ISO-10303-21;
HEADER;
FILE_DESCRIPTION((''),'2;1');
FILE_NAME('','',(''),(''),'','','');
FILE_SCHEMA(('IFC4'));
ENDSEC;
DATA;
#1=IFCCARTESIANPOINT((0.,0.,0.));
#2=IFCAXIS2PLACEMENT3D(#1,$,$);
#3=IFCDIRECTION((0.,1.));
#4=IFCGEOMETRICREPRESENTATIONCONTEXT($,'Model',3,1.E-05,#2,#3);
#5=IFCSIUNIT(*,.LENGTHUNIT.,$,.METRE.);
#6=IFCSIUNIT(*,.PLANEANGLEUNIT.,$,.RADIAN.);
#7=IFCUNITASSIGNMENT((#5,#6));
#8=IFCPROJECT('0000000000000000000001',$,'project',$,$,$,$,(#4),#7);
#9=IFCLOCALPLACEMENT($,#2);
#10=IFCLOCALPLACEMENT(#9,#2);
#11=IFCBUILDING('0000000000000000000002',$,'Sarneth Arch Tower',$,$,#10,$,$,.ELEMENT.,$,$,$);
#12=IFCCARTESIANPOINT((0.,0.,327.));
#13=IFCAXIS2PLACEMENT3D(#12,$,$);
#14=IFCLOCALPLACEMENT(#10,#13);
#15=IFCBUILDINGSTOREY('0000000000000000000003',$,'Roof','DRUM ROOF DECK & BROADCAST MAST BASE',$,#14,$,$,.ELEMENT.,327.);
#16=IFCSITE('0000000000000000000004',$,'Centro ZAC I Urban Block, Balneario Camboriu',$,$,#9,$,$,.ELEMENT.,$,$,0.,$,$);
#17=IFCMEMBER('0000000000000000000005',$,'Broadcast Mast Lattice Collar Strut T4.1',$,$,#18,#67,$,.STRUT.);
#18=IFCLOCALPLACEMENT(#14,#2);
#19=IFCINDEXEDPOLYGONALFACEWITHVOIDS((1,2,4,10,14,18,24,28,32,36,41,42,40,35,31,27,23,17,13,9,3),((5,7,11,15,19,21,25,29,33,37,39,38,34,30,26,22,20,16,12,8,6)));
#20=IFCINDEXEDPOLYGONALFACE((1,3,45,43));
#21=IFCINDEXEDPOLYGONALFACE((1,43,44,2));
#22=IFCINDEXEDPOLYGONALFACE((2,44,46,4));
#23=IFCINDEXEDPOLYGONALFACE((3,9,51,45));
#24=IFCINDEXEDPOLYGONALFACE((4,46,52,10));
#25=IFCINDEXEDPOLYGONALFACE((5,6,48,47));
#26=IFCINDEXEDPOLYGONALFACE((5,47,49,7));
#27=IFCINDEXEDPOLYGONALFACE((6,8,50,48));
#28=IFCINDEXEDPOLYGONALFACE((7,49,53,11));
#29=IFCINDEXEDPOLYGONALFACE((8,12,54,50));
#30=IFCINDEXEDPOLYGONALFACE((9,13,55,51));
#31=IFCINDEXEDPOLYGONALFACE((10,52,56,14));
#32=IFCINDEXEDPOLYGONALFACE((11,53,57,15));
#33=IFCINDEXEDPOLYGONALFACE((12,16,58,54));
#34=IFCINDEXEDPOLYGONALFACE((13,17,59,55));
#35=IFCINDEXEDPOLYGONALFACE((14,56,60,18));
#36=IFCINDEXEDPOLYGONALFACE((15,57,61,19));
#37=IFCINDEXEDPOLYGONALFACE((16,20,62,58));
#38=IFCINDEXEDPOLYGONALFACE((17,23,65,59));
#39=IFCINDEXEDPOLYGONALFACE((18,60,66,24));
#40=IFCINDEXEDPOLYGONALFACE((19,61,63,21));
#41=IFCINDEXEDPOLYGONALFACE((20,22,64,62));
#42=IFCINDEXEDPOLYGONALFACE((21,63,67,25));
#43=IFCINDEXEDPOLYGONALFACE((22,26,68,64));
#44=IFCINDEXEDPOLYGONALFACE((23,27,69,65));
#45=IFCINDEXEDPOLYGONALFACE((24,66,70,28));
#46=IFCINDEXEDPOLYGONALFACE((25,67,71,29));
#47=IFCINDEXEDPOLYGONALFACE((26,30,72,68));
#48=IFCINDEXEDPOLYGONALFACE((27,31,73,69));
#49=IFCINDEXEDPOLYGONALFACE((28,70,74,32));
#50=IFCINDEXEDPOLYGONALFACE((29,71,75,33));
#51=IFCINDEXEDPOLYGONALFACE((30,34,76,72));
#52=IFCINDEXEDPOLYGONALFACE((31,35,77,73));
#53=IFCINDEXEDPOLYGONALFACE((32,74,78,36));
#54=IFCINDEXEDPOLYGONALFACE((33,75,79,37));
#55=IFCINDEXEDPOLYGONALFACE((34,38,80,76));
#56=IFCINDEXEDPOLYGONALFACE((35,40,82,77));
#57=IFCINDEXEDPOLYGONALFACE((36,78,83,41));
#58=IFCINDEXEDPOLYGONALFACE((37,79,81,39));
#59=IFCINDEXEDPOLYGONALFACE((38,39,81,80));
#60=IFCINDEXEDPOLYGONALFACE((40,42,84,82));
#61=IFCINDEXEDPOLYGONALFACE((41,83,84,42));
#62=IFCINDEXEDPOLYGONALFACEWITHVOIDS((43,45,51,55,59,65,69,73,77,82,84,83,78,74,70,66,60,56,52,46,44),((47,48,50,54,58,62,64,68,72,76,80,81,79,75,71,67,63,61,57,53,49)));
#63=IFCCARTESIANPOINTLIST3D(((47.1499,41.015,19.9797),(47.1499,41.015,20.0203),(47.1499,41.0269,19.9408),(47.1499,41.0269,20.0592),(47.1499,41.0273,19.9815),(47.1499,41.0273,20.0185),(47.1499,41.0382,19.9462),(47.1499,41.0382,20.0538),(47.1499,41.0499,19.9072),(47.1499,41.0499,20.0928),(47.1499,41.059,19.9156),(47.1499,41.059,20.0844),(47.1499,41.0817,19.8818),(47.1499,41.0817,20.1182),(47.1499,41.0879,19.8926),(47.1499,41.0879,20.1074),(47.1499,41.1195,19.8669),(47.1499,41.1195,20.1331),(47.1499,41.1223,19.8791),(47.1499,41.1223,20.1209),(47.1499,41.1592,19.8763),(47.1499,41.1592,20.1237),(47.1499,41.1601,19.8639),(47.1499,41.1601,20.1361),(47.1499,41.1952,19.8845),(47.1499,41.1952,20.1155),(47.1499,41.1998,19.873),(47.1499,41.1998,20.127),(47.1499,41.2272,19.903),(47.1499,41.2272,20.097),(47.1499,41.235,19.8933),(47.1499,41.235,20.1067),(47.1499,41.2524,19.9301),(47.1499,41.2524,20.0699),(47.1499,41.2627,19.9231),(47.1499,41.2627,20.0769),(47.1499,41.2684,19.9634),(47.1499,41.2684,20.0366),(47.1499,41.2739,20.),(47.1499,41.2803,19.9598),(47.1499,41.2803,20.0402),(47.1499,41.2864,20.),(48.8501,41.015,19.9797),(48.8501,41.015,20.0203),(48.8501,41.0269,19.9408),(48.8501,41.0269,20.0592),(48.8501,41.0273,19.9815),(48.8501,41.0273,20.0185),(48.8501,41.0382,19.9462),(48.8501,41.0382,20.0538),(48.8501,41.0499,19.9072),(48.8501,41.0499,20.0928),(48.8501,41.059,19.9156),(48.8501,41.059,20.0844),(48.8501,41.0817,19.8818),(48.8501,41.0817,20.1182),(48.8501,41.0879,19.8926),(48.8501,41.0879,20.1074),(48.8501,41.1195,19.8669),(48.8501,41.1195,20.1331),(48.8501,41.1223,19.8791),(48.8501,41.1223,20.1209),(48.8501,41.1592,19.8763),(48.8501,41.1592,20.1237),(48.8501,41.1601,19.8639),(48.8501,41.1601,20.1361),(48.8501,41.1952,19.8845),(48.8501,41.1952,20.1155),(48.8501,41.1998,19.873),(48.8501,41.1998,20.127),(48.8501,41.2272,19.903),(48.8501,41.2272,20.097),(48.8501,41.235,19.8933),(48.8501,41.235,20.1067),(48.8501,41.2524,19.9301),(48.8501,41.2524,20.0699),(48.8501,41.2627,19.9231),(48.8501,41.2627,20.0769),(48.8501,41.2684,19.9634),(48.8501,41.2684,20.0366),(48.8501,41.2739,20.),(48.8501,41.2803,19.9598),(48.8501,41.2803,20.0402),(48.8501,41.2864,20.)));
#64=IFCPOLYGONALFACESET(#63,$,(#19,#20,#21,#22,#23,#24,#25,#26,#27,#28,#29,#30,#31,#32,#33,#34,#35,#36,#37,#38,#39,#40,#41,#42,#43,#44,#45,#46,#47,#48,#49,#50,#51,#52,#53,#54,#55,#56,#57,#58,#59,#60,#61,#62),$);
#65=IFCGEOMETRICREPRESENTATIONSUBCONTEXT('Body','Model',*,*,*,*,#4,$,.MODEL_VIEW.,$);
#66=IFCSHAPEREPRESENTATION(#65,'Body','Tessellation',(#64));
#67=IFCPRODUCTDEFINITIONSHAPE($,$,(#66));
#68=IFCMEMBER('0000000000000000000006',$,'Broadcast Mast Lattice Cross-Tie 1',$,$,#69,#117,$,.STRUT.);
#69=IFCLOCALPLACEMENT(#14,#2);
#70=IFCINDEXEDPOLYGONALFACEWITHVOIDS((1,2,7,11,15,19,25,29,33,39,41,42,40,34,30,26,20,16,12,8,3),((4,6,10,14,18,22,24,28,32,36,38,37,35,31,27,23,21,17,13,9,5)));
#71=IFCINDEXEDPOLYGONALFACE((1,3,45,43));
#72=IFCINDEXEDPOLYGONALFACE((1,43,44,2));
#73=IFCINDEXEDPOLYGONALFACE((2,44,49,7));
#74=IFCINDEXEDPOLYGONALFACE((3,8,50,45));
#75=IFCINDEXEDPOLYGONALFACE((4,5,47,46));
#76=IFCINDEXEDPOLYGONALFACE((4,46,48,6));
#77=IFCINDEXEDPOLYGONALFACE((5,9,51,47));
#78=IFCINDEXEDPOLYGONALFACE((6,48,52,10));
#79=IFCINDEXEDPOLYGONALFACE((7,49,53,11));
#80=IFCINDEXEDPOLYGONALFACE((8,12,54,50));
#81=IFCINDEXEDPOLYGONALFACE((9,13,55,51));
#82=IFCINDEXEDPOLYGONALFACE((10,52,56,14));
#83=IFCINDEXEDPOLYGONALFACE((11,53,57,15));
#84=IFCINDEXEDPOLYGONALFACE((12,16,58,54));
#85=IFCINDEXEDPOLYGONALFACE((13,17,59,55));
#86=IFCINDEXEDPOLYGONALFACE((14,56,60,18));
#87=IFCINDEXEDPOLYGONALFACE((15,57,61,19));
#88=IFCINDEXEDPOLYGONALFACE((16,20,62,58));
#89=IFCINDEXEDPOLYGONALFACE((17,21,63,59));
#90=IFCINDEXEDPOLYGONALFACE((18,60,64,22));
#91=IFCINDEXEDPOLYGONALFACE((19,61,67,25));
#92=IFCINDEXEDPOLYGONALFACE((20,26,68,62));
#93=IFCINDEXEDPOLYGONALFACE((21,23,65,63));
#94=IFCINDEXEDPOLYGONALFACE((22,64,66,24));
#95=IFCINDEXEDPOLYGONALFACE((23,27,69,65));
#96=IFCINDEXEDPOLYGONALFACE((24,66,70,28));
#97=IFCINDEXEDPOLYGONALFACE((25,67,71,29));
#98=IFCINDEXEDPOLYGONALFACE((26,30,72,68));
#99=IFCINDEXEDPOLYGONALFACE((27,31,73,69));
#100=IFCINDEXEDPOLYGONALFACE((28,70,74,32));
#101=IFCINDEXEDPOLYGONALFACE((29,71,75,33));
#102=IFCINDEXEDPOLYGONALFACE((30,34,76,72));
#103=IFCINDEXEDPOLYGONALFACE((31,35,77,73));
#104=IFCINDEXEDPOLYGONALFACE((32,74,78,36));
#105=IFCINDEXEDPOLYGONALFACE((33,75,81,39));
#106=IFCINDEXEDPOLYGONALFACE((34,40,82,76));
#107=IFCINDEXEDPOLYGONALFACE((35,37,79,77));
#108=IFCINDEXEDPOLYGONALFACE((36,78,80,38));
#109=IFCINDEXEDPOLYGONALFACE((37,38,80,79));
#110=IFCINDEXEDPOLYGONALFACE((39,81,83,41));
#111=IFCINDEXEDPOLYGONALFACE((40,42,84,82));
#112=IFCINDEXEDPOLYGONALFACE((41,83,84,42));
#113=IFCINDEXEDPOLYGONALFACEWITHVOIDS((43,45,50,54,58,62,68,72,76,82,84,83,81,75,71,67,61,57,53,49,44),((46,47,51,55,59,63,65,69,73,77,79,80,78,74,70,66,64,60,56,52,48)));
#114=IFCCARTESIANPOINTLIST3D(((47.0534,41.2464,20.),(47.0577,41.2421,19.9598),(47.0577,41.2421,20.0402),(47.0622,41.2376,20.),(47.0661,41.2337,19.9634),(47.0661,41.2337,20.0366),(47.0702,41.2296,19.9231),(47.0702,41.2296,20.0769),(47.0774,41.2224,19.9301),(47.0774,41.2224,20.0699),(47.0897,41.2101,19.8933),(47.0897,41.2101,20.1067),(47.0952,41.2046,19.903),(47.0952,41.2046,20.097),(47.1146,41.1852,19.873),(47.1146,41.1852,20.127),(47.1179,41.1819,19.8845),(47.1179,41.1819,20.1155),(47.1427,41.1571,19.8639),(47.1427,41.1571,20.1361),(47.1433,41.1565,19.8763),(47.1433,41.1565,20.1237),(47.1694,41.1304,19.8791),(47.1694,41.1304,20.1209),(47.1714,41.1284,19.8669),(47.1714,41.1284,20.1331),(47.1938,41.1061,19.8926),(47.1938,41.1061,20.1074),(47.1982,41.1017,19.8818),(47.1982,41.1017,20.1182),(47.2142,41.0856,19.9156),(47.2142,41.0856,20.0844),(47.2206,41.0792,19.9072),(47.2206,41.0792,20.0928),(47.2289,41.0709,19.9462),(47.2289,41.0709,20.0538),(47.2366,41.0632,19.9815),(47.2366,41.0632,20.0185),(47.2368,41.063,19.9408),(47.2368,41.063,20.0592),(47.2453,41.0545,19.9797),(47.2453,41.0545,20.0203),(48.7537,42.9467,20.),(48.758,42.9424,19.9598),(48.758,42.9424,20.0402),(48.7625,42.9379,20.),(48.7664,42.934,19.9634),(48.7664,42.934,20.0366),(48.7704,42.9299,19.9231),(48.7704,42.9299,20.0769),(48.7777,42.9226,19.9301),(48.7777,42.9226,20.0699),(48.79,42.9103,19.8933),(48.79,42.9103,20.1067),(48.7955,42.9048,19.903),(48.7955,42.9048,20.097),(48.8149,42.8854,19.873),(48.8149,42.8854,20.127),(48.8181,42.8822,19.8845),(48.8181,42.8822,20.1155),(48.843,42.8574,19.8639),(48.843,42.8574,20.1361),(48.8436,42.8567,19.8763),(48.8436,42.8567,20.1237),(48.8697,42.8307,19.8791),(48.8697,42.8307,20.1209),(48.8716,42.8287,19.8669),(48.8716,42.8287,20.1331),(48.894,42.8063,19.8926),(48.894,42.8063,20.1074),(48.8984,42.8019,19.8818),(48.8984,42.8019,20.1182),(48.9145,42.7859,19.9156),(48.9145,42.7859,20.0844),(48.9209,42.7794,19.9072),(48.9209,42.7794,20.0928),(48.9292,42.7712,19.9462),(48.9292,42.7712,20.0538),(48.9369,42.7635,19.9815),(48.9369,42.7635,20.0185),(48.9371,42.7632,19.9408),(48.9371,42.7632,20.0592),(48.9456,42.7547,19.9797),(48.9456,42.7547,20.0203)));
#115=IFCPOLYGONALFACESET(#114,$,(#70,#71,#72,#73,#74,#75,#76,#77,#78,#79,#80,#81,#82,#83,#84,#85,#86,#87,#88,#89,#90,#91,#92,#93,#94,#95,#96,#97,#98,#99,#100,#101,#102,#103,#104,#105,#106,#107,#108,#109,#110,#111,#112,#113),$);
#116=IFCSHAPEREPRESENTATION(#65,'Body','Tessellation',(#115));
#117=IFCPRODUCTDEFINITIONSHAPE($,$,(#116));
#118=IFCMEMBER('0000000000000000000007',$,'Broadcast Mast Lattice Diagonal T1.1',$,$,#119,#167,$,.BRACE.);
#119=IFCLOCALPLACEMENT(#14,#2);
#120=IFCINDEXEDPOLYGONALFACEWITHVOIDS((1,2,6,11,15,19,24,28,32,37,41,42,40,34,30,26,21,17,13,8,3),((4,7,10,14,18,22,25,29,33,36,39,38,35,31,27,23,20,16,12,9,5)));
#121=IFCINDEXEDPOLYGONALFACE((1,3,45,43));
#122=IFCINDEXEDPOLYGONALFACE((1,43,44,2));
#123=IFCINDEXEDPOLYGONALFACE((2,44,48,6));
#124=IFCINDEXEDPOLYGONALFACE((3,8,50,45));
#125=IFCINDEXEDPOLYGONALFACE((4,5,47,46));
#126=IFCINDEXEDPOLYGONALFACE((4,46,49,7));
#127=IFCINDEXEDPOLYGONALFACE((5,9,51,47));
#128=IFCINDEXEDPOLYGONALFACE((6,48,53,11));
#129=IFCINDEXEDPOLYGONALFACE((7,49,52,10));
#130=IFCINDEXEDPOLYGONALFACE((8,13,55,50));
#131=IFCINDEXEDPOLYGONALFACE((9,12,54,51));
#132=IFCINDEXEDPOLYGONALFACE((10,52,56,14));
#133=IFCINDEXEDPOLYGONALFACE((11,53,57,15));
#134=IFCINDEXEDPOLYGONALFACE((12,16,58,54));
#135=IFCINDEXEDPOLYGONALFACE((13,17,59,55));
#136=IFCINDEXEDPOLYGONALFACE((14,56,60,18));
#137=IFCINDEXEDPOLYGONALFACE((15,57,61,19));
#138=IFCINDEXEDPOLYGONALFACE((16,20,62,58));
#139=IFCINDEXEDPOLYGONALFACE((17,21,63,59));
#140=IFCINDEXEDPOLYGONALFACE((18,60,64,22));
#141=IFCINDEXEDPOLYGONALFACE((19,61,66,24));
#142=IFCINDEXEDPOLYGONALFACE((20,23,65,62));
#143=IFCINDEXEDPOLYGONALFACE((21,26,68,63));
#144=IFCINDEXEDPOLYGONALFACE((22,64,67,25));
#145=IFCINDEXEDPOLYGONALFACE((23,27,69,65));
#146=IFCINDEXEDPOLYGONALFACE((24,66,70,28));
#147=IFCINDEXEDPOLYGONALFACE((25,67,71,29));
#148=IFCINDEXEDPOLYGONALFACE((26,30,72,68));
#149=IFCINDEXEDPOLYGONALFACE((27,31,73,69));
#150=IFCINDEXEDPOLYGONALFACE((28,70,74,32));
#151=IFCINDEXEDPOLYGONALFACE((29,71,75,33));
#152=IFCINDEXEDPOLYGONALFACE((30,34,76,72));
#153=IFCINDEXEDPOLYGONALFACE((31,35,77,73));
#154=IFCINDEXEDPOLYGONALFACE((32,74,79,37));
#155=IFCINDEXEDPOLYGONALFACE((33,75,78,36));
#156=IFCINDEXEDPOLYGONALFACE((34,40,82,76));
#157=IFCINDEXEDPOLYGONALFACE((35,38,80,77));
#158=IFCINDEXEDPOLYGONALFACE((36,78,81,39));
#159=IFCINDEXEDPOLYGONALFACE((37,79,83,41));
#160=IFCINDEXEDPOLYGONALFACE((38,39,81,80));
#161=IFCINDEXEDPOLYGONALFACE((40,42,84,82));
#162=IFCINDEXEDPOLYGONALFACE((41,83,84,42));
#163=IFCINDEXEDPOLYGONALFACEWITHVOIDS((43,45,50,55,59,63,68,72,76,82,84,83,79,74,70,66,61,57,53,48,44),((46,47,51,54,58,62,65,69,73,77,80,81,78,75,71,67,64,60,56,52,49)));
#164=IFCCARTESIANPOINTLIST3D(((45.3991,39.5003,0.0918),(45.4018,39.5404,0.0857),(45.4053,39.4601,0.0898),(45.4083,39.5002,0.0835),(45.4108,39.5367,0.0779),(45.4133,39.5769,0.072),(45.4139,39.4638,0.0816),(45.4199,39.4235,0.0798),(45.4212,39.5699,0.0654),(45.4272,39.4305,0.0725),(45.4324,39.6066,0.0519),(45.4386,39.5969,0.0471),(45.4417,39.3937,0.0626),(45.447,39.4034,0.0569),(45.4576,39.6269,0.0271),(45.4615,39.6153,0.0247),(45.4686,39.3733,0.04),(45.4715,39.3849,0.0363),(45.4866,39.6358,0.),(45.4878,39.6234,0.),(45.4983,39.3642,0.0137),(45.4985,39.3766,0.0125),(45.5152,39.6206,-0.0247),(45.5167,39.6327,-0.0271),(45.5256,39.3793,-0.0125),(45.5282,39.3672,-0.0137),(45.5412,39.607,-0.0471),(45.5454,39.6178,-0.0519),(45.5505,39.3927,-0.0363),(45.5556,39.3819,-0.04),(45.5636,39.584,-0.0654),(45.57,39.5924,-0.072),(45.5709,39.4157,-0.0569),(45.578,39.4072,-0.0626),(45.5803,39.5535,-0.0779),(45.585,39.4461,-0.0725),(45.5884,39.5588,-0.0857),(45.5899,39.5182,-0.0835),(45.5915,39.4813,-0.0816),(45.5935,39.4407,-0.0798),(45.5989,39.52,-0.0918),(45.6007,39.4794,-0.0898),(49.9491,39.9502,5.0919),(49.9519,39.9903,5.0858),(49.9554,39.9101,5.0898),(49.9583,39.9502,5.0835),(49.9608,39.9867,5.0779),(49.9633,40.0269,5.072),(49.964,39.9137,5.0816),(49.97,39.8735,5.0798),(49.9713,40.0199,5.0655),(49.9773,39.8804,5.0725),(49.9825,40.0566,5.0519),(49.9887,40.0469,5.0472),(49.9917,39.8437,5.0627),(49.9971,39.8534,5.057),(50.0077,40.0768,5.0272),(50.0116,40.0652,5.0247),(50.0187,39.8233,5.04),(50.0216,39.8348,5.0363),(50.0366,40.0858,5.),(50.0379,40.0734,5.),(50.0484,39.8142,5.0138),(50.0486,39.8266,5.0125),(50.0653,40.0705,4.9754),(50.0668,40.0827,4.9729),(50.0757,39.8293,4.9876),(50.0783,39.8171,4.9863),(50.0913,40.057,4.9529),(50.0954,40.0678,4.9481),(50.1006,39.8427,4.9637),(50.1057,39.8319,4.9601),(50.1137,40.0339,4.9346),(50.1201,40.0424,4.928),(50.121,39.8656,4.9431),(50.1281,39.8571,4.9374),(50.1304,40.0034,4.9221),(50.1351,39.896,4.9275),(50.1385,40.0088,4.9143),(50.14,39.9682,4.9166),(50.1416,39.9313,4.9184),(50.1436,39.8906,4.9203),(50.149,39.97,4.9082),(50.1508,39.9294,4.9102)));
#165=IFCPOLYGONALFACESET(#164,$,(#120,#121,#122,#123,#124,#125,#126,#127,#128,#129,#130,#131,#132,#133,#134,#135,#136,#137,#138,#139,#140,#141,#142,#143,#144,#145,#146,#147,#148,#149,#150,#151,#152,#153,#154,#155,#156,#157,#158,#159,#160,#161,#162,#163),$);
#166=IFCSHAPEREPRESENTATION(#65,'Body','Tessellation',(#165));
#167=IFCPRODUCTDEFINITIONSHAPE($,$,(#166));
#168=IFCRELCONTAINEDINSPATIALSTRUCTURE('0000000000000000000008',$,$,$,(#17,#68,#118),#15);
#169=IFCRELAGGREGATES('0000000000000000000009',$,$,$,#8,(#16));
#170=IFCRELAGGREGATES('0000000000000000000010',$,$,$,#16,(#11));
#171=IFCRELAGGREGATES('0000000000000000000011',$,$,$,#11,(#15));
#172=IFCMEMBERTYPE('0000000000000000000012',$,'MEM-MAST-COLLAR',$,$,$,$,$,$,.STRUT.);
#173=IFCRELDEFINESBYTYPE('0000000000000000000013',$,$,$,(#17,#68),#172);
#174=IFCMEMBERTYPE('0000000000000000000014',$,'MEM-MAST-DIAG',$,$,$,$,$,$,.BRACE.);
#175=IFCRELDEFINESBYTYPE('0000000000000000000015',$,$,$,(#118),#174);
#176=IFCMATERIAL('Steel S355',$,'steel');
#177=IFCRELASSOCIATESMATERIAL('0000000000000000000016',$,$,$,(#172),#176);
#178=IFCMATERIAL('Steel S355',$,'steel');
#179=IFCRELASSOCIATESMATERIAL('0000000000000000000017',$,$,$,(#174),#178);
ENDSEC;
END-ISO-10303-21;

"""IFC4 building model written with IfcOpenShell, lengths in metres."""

from ifc_helpers import new_model, si_unit, direction, frame, origin, origin_2d, place, context, subcontext, project, spatial, hollow_circle, extrude, material, material_profile, profile_set, type_object, element, save


model = new_model("IFC4")

# Units and contexts
model_context = context("Model", 3, precision=1e-05, world=origin(), true_north=direction((0.0, 1.0)))
body_context = subcontext(model_context, "Body", "Model", "MODEL_VIEW")
ifc_project = project(units=[si_unit("LENGTHUNIT", "METRE"), si_unit("PLANEANGLEUNIT", "RADIAN")], contexts=[model_context])

# Site, building, storey
site_placement = place(None, origin())
site = spatial("IfcSite", under=ifc_project, at=site_placement, Name="Centro ZAC I Urban Block, Balneario Camboriu", CompositionType="ELEMENT", RefElevation=0.0)
building_placement = place(site_placement, origin())
building = spatial("IfcBuilding", under=site, at=building_placement, Name="Sarneth Arch Tower", CompositionType="ELEMENT")
storey_placement = place(building_placement, frame((0.0, 0.0, 327.0)))
storey = spatial("IfcBuildingStorey", under=building, at=storey_placement, Name="Roof", Description="DRUM ROOF DECK & BROADCAST MAST BASE", CompositionType="ELEMENT", Elevation=327.0)

# Members
ifc_material_1 = material(Name="Steel S355", Category="steel")
ifc_material_profile_1 = material_profile(ifc_material_1, hollow_circle(Radius=0.1365, WallThickness=0.0125, at=origin_2d()), Name="CHS273x12.5")
ifc_profile_set_1 = profile_set([ifc_material_profile_1], Name="Steel S355")
member_type_1 = type_object("IfcMemberType", Name="MEM-MAST-COLLAR", PredefinedType="STRUT", material=ifc_profile_set_1)
member_1_placement = place(storey_placement, frame((47.1499, 41.1499, 20.0), z_axis=(1.0, 0.0, 0.0), x_axis=(0.0, 1.0, 0.0)))
element("IfcMember", 1, at=member_1_placement, inside=storey, type_object=member_type_1, Name="Broadcast Mast Lattice Collar Strut T4.1", PredefinedType="STRUT", context=body_context, shape_type="SweptSolid", body=[
    extrude(hollow_circle(Radius=0.1365, WallThickness=0.0125, at=origin_2d()), origin(), (0.0, 0.0, 1.0), 1.7002),
])
member_2_placement = place(storey_placement, frame((47.1499, 41.1499, 20.0), z_axis=(0.707107, 0.707107, 0.0), x_axis=(-0.707107, 0.707107, 0.0)))
element("IfcMember", 2, at=member_2_placement, inside=storey, type_object=member_type_1, Name="Broadcast Mast Lattice Cross-Tie 1", PredefinedType="STRUT", context=body_context, shape_type="SweptSolid", body=[
    extrude(hollow_circle(Radius=0.1365, WallThickness=0.0125, at=origin_2d()), origin(), (0.0, 0.0, 1.0), 2.4045),
])
ifc_material_2 = material(Name="Steel S355", Category="steel")
ifc_material_profile_2 = material_profile(ifc_material_2, hollow_circle(Radius=0.1365, WallThickness=0.0125, at=origin_2d()), Name="CHS273x12.5")
ifc_profile_set_2 = profile_set([ifc_material_profile_2], Name="Steel S355")
member_type_2 = type_object("IfcMemberType", Name="MEM-MAST-DIAG", PredefinedType="BRACE", material=ifc_profile_set_2)
member_3_placement = place(storey_placement, frame((45.5, 39.5, 0.0), z_axis=(0.671559, 0.06641, 0.737969), x_axis=(-0.098409, 0.995146, 0.0)))
element("IfcMember", 3, at=member_3_placement, inside=storey, type_object=member_type_2, Name="Broadcast Mast Lattice Diagonal T1.1", PredefinedType="BRACE", context=body_context, shape_type="SweptSolid", body=[
    extrude(hollow_circle(Radius=0.1365, WallThickness=0.0125, at=origin_2d()), origin(), (0.0, 0.0, 1.0), 6.7754),
])

save(model, "model.ifc")
